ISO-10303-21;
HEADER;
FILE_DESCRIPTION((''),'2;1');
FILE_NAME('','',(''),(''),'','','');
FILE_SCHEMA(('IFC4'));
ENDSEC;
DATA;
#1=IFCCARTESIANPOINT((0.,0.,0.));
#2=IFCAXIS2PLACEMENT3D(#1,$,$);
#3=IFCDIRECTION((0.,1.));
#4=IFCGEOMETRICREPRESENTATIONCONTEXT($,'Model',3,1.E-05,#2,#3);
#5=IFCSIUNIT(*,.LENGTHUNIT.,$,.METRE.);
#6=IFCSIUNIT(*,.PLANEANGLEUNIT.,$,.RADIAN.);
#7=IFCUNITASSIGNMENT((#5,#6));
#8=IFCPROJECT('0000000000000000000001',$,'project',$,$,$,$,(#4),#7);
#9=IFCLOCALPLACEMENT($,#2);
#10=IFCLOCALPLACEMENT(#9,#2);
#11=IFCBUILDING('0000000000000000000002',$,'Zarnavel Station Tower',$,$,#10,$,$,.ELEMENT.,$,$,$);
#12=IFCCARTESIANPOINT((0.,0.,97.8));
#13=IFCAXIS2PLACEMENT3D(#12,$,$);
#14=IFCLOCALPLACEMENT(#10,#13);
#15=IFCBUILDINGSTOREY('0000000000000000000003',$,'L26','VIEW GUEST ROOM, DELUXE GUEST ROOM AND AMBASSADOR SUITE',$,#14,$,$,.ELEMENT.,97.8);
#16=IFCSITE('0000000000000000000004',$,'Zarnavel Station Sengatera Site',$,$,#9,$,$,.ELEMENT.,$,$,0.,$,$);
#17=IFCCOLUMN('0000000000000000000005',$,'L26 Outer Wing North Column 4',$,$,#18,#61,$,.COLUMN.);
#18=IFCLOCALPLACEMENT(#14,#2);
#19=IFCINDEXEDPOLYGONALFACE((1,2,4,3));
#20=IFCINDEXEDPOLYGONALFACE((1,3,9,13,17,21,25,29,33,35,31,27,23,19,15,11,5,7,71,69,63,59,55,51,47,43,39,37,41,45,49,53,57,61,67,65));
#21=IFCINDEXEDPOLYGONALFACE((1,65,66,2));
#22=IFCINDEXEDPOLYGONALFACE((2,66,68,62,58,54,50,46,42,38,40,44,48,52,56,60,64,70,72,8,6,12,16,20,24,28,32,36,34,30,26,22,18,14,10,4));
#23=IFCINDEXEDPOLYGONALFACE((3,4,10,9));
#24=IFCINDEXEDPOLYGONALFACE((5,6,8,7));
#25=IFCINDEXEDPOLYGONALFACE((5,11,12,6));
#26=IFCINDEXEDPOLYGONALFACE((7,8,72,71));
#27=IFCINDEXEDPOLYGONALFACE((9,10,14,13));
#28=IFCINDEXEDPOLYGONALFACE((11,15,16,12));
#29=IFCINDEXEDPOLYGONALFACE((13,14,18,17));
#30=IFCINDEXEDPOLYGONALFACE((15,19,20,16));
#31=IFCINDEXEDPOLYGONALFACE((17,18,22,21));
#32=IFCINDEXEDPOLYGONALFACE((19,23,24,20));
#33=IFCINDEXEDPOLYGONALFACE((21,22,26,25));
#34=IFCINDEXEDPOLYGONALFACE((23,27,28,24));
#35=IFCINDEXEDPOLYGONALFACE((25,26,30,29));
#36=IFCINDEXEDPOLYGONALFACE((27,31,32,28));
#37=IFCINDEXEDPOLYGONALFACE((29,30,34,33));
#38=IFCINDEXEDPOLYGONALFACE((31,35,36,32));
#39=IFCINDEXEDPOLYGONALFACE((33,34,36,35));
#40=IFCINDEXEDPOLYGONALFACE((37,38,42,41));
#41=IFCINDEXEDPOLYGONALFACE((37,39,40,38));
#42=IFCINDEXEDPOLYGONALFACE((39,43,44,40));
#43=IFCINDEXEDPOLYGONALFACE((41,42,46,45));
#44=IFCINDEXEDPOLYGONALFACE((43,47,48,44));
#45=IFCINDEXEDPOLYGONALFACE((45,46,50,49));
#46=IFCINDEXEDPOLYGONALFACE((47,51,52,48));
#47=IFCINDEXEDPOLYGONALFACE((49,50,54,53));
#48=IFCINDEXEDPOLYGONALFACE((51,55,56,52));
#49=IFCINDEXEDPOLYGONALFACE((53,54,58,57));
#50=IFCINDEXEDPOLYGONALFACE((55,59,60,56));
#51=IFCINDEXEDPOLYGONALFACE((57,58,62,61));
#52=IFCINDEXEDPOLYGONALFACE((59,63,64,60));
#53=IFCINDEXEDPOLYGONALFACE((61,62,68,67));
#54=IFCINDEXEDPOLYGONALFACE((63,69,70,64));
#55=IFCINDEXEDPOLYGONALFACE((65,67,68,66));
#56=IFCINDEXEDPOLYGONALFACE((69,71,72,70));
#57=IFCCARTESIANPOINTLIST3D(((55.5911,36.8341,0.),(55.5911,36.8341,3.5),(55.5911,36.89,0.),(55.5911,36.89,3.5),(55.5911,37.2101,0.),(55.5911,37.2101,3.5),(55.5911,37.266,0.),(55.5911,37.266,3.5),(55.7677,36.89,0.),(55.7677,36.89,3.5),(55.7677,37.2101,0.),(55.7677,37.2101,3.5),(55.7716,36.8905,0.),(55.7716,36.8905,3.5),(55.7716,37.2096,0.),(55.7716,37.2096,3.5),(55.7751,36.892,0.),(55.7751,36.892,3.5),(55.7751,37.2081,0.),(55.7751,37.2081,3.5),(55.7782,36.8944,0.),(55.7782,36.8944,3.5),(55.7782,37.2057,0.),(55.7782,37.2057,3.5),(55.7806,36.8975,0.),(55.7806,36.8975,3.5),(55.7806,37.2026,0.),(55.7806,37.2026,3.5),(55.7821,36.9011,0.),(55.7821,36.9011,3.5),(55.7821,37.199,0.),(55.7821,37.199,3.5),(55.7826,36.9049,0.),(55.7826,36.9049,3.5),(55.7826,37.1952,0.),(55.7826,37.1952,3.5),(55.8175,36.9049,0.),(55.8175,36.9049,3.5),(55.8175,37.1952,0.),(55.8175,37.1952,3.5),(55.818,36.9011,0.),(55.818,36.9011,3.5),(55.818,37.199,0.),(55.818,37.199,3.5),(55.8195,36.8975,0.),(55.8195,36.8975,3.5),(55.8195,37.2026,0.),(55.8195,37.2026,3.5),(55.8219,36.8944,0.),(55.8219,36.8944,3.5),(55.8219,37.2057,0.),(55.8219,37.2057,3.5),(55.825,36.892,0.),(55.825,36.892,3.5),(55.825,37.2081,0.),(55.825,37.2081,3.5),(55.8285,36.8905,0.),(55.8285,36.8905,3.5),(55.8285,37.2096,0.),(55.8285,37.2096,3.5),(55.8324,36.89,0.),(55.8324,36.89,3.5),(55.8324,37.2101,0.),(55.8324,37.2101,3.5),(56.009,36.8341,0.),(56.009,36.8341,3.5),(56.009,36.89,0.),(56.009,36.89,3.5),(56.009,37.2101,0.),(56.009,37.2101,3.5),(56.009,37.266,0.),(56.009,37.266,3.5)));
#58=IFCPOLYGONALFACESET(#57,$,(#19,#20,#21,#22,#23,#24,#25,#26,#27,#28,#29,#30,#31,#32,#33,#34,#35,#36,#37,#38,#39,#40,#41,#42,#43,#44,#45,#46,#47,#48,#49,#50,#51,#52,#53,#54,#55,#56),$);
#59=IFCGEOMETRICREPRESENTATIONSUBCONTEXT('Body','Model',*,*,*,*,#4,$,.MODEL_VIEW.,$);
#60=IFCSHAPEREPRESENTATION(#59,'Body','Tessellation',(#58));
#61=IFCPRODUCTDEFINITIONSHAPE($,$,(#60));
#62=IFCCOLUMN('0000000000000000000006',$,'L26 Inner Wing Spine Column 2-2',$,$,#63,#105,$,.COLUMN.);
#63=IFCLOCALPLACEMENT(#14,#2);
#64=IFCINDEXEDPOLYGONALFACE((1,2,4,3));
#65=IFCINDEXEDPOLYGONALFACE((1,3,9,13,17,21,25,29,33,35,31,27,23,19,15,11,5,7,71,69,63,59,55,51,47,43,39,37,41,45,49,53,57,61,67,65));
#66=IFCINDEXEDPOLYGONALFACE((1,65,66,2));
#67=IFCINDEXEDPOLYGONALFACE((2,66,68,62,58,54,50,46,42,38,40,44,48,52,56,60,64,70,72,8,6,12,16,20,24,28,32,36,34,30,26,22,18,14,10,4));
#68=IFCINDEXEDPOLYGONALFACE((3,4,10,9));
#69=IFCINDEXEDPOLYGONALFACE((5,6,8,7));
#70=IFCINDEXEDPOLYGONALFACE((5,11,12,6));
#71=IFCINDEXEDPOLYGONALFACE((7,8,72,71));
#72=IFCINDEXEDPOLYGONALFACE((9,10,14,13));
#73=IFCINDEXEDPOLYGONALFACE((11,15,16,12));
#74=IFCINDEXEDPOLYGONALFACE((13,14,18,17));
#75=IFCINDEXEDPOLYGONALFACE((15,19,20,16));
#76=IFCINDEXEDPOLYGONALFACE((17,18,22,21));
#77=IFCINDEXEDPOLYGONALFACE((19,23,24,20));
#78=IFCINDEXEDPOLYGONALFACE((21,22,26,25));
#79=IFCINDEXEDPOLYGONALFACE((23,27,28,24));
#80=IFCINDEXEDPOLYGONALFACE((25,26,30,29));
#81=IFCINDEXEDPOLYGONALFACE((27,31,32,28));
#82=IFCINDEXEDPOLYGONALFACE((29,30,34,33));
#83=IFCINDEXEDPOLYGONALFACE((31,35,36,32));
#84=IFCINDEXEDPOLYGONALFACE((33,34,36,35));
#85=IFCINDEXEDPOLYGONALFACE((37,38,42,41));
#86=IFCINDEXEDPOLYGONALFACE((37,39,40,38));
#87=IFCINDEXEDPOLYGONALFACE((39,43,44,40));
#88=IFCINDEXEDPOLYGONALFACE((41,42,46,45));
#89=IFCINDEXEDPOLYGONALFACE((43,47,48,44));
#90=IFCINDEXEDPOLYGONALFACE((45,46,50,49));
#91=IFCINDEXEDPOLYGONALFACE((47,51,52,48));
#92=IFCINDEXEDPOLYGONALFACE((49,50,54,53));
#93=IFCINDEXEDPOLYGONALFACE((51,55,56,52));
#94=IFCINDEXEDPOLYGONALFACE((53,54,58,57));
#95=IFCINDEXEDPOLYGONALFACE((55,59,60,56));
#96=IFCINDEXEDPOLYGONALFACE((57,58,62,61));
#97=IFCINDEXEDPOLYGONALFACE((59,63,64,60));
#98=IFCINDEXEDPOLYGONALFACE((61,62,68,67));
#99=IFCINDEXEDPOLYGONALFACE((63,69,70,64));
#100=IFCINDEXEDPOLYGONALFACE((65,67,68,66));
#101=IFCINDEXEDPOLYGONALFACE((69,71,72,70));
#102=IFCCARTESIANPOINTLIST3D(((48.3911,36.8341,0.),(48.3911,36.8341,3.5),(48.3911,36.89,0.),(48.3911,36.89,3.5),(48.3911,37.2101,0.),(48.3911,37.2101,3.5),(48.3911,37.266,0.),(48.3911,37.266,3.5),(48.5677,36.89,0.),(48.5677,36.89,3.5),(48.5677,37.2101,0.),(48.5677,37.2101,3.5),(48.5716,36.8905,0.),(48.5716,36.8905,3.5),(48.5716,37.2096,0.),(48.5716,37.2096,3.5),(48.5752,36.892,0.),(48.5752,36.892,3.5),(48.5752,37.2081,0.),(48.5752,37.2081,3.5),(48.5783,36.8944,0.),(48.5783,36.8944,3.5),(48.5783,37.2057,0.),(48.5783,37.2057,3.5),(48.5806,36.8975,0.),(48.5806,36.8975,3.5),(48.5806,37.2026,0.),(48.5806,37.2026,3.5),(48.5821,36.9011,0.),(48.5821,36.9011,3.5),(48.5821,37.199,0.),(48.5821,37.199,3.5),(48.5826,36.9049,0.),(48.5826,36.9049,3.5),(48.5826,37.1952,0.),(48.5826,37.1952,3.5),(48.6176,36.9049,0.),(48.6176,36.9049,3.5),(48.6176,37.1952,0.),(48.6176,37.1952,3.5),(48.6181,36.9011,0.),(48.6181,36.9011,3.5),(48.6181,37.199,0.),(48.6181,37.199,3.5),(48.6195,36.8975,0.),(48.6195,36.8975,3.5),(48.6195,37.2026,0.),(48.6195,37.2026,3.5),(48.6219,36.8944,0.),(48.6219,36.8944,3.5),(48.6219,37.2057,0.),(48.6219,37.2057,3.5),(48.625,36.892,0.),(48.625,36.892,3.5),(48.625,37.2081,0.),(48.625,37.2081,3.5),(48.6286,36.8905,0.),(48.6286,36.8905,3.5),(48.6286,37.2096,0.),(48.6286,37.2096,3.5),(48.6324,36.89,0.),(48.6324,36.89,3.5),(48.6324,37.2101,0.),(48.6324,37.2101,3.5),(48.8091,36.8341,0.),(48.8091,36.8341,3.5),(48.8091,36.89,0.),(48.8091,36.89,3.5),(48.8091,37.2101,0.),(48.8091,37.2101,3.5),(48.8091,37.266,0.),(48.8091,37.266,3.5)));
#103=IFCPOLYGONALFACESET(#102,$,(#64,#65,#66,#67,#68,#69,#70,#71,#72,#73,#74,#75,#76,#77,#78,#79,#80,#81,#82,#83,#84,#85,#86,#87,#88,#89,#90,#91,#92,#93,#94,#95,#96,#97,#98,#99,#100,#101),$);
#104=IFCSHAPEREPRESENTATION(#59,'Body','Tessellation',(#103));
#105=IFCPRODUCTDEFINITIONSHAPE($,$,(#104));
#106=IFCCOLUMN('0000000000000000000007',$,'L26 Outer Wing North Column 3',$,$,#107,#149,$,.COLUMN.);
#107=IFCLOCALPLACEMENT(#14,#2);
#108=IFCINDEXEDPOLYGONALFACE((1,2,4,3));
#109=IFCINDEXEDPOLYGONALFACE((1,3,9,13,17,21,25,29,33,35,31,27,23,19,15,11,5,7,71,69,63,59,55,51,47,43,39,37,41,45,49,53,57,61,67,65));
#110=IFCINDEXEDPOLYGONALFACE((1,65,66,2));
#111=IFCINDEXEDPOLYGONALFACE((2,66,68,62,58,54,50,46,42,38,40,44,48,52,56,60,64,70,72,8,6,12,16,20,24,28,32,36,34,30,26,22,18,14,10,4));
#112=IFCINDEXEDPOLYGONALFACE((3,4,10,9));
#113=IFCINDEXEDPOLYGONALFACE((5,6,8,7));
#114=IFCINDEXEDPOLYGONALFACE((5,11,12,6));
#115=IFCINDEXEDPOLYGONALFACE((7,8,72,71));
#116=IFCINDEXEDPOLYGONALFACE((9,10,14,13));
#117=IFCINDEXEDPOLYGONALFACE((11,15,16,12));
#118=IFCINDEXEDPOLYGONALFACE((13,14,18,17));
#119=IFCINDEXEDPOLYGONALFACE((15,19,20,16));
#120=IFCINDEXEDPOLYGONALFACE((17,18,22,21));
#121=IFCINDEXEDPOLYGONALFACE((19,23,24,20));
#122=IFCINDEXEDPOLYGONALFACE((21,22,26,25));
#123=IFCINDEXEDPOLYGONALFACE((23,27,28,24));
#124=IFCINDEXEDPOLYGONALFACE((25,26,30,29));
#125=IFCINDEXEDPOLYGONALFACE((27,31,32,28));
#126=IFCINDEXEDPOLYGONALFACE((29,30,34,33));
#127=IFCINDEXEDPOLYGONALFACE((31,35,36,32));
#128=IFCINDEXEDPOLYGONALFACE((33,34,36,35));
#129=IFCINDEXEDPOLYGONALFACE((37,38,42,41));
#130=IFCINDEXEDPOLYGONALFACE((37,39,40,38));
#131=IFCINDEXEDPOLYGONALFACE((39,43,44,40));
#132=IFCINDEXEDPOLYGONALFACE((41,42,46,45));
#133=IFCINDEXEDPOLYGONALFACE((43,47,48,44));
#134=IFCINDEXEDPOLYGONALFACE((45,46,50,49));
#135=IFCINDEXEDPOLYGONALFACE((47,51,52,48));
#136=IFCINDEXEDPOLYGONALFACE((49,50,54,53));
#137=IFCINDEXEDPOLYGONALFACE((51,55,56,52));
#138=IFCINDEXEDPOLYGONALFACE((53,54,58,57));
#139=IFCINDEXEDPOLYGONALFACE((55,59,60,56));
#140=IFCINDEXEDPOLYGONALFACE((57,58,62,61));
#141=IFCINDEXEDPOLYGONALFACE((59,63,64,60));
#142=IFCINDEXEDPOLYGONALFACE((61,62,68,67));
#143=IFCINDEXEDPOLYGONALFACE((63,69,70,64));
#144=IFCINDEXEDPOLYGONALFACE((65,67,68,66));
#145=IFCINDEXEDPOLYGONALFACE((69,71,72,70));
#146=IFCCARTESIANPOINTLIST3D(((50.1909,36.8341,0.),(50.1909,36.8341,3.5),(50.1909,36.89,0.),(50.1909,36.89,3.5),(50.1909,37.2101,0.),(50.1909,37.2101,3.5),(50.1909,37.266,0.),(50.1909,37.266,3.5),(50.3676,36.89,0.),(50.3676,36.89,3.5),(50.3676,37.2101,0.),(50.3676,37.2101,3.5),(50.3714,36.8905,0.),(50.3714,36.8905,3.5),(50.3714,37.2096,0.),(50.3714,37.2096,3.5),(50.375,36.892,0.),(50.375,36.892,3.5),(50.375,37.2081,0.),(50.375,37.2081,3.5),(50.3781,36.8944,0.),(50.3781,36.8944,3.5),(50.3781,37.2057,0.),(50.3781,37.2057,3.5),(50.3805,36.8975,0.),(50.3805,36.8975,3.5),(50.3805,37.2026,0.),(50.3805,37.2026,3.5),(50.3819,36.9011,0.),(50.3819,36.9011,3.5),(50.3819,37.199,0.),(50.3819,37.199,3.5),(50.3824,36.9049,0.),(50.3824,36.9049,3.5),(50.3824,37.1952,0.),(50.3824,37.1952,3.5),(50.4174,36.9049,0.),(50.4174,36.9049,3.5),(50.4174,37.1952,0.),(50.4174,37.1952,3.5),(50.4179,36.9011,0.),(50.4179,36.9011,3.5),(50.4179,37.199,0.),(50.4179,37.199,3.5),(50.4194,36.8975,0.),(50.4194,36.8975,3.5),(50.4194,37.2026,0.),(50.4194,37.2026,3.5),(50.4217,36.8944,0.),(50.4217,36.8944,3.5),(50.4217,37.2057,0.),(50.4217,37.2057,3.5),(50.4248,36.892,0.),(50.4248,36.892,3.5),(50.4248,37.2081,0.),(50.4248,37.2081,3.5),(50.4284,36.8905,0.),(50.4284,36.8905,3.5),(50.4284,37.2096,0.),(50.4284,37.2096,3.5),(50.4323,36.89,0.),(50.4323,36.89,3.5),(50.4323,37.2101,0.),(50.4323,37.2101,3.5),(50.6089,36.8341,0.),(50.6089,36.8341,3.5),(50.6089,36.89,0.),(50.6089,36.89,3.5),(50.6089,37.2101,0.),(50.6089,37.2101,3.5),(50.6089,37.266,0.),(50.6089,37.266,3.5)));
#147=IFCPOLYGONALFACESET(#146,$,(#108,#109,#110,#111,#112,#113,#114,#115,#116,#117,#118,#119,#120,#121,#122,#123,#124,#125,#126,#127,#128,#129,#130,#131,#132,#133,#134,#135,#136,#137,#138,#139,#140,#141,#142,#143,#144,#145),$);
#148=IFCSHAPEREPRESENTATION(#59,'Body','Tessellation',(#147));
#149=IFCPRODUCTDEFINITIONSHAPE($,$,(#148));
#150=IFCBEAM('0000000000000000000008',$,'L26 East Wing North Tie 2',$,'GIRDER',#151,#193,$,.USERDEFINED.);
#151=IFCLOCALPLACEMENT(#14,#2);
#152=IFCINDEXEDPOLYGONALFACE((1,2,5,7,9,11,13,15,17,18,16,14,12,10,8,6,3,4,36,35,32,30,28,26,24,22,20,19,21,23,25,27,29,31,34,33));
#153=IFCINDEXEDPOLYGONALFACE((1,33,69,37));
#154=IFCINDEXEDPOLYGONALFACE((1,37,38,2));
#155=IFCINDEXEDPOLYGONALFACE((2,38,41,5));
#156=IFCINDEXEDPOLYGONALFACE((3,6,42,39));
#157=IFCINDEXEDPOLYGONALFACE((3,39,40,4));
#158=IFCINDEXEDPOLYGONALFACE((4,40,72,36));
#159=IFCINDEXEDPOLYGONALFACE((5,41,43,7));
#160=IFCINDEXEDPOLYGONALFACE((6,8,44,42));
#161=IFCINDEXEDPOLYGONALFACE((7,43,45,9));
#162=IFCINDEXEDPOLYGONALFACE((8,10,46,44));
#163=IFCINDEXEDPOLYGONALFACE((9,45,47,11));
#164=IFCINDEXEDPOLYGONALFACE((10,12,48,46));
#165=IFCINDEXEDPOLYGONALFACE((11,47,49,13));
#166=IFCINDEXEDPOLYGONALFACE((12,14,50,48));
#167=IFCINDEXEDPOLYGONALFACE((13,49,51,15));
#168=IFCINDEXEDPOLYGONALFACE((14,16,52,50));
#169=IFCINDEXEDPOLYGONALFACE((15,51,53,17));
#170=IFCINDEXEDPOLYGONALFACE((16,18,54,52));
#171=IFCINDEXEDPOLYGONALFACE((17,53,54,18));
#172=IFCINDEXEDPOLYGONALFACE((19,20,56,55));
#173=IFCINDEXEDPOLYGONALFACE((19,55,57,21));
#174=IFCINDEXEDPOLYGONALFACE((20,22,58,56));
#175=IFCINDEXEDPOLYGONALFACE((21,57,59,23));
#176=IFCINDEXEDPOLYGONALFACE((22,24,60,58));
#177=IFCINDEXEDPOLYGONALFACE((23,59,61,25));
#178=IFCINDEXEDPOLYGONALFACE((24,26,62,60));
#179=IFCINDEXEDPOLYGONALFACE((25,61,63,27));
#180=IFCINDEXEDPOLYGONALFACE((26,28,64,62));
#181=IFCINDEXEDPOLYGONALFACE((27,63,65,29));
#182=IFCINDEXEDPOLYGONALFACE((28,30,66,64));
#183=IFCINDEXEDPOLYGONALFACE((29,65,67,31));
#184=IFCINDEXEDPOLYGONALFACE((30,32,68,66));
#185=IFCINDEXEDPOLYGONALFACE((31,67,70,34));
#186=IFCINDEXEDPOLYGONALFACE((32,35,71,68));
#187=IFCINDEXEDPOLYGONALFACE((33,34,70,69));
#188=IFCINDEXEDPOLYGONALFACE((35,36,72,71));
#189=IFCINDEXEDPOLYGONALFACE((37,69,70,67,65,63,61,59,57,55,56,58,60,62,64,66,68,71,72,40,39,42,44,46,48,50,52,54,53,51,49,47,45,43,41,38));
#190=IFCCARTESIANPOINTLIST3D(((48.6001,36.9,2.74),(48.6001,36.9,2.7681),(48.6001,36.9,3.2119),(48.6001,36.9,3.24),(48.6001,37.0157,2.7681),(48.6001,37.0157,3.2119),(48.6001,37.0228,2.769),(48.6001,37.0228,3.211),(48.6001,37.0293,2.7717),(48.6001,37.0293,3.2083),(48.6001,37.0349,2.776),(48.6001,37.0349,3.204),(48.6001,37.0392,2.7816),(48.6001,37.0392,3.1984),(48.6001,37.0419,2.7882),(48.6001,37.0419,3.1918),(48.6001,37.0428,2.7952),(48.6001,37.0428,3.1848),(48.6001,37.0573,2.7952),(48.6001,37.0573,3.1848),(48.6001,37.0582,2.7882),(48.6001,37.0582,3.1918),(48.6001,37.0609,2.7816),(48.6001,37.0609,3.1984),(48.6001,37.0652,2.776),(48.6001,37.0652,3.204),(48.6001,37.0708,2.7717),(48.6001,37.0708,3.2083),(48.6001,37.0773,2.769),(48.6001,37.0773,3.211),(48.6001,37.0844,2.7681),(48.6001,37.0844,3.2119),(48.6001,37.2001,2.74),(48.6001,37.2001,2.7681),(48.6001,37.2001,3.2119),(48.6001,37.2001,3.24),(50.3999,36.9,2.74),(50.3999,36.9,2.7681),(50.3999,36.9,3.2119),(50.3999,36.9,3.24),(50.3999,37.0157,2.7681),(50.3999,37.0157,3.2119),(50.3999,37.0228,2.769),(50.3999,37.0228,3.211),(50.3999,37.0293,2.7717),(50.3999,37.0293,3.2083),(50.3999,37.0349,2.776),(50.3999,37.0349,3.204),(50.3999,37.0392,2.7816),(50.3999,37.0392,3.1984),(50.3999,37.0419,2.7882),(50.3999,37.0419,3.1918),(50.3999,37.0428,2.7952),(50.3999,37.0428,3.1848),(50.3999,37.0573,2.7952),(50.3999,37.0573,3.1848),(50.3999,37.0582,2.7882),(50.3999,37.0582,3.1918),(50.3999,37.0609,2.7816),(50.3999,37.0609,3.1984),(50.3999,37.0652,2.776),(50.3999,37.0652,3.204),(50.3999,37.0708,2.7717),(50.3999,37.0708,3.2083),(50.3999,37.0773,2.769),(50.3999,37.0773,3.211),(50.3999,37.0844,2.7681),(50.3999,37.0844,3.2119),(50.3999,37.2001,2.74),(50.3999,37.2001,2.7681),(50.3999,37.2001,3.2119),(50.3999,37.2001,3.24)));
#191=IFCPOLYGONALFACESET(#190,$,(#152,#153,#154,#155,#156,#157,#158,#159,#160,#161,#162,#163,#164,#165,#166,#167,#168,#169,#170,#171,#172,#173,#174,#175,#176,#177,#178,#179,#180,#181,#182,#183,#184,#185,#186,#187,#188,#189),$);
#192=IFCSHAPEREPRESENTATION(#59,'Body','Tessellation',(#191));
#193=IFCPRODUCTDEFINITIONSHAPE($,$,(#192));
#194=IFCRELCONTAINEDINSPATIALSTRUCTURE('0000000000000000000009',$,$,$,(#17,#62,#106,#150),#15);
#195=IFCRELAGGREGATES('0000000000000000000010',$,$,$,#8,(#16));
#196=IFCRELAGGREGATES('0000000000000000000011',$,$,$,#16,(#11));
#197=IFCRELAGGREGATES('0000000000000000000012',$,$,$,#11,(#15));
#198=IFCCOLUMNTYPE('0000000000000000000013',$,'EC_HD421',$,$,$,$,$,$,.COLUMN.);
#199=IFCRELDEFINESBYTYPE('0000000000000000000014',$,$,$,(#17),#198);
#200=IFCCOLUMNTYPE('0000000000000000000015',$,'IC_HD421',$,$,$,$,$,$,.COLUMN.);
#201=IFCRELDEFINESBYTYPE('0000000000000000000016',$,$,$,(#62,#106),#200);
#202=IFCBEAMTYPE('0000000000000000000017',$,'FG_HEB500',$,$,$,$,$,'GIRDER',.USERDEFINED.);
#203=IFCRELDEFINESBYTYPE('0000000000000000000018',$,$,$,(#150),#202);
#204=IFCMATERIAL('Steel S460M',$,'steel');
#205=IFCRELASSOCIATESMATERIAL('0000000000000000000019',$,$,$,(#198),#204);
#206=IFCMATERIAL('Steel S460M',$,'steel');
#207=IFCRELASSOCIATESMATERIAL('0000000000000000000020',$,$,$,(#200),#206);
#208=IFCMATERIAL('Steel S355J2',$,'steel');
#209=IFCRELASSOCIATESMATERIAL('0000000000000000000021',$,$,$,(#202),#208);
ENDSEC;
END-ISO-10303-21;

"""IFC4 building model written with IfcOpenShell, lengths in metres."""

from ifc_helpers import new_model, si_unit, direction, frame, origin, origin_2d, place, context, subcontext, project, spatial, i_section, extrude, material, material_profile, profile_set, type_object, element, save


model = new_model("IFC4")

# Units and contexts
model_context = context("Model", 3, precision=1e-05, world=origin(), true_north=direction((0.0, 1.0)))
body_context = subcontext(model_context, "Body", "Model", "MODEL_VIEW")
ifc_project = project(units=[si_unit("LENGTHUNIT", "METRE"), si_unit("PLANEANGLEUNIT", "RADIAN")], contexts=[model_context])

# Site, building, storey
site_placement = place(None, origin())
site = spatial("IfcSite", under=ifc_project, at=site_placement, Name="Zarnavel Station Sengatera Site", CompositionType="ELEMENT", RefElevation=0.0)
building_placement = place(site_placement, origin())
building = spatial("IfcBuilding", under=site, at=building_placement, Name="Zarnavel Station Tower", CompositionType="ELEMENT")
storey_placement = place(building_placement, frame((0.0, 0.0, 97.8)))
storey = spatial("IfcBuildingStorey", under=building, at=storey_placement, Name="L26", Description="VIEW GUEST ROOM, DELUXE GUEST ROOM AND AMBASSADOR SUITE", CompositionType="ELEMENT", Elevation=97.8)

# Columns
ifc_material_1 = material(Name="Steel S460M", Category="steel")
ifc_material_profile_1 = material_profile(ifc_material_1, i_section(OverallWidth=0.418, OverallDepth=0.4319, WebThickness=0.0349, FlangeThickness=0.0559, FilletRadius=0.0149, at=origin_2d()), Name="HD400x421")
ifc_profile_set_1 = profile_set([ifc_material_profile_1], Name="Steel S460M")
column_type_1 = type_object("IfcColumnType", Name="EC_HD421", PredefinedType="COLUMN", material=ifc_profile_set_1)
column_placement = place(storey_placement, frame((55.8, 37.05, 0.0), z_axis=(0.0, 0.0, 1.0), x_axis=(1.0, 0.0, 0.0)))
element("IfcColumn", 1, at=column_placement, inside=storey, type_object=column_type_1, Name="L26 Outer Wing North Column 4", PredefinedType="COLUMN", context=body_context, shape_type="SweptSolid", body=[
    extrude(i_section(OverallWidth=0.418, OverallDepth=0.4319, WebThickness=0.0349, FlangeThickness=0.0559, FilletRadius=0.0149, at=origin_2d()), origin(), (0.0, 0.0, 1.0), 3.5),
])
ifc_material_2 = material(Name="Steel S460M", Category="steel")
ifc_material_profile_2 = material_profile(ifc_material_2, i_section(OverallWidth=0.418, OverallDepth=0.4319, WebThickness=0.0349, FlangeThickness=0.0559, FilletRadius=0.0149, at=origin_2d()), Name="HD400x421")
ifc_profile_set_2 = profile_set([ifc_material_profile_2], Name="Steel S460M")
column_type_2 = type_object("IfcColumnType", Name="IC_HD421", PredefinedType="COLUMN", material=ifc_profile_set_2)
for number, where, z_axis, x_axis, name in (
    (2, (48.6001, 37.05, 0.0), (0.0, 0.0, 1.0), (1.0, 0.0, 0.0), "L26 Inner Wing Spine Column 2-2"),
    (3, (50.3999, 37.05, 0.0), (0.0, 0.0, 1.0), (1.0, 0.0, 0.0), "L26 Outer Wing North Column 3"),
):
    element("IfcColumn", number, at=place(storey_placement, frame(where, z_axis=z_axis, x_axis=x_axis)), inside=storey, type_object=column_type_2, Name=name, PredefinedType="COLUMN", context=body_context, shape_type="SweptSolid", body=[
        extrude(i_section(OverallWidth=0.418, OverallDepth=0.4319, WebThickness=0.0349, FlangeThickness=0.0559, FilletRadius=0.0149, at=origin_2d()), origin(), (0.0, 0.0, 1.0), 3.5),
    ])

# Beam
ifc_material_3 = material(Name="Steel S355J2", Category="steel")
ifc_material_profile_3 = material_profile(ifc_material_3, i_section(OverallWidth=0.3, OverallDepth=0.5, WebThickness=0.0144, FlangeThickness=0.0281, FilletRadius=0.0271, at=origin_2d()), Name="HEB500")
ifc_profile_set_3 = profile_set([ifc_material_profile_3], Name="Steel S355J2")
beam_type = type_object("IfcBeamType", Name="FG_HEB500", ElementType="GIRDER", PredefinedType="USERDEFINED", material=ifc_profile_set_3)
beam_1_placement = place(storey_placement, frame((48.6001, 37.05, 2.99), z_axis=(1.0, 0.0, 0.0), x_axis=(0.0, 1.0, 0.0)))
element("IfcBeam", 4, at=beam_1_placement, inside=storey, type_object=beam_type, Name="L26 East Wing North Tie 2", ObjectType="GIRDER", PredefinedType="USERDEFINED", context=body_context, shape_type="SweptSolid", body=[
    extrude(i_section(OverallWidth=0.3, OverallDepth=0.5, WebThickness=0.0144, FlangeThickness=0.0281, FilletRadius=0.0271, at=origin_2d()), origin(), (0.0, 0.0, 1.0), 1.7998),
])

save(model, "model.ifc")
